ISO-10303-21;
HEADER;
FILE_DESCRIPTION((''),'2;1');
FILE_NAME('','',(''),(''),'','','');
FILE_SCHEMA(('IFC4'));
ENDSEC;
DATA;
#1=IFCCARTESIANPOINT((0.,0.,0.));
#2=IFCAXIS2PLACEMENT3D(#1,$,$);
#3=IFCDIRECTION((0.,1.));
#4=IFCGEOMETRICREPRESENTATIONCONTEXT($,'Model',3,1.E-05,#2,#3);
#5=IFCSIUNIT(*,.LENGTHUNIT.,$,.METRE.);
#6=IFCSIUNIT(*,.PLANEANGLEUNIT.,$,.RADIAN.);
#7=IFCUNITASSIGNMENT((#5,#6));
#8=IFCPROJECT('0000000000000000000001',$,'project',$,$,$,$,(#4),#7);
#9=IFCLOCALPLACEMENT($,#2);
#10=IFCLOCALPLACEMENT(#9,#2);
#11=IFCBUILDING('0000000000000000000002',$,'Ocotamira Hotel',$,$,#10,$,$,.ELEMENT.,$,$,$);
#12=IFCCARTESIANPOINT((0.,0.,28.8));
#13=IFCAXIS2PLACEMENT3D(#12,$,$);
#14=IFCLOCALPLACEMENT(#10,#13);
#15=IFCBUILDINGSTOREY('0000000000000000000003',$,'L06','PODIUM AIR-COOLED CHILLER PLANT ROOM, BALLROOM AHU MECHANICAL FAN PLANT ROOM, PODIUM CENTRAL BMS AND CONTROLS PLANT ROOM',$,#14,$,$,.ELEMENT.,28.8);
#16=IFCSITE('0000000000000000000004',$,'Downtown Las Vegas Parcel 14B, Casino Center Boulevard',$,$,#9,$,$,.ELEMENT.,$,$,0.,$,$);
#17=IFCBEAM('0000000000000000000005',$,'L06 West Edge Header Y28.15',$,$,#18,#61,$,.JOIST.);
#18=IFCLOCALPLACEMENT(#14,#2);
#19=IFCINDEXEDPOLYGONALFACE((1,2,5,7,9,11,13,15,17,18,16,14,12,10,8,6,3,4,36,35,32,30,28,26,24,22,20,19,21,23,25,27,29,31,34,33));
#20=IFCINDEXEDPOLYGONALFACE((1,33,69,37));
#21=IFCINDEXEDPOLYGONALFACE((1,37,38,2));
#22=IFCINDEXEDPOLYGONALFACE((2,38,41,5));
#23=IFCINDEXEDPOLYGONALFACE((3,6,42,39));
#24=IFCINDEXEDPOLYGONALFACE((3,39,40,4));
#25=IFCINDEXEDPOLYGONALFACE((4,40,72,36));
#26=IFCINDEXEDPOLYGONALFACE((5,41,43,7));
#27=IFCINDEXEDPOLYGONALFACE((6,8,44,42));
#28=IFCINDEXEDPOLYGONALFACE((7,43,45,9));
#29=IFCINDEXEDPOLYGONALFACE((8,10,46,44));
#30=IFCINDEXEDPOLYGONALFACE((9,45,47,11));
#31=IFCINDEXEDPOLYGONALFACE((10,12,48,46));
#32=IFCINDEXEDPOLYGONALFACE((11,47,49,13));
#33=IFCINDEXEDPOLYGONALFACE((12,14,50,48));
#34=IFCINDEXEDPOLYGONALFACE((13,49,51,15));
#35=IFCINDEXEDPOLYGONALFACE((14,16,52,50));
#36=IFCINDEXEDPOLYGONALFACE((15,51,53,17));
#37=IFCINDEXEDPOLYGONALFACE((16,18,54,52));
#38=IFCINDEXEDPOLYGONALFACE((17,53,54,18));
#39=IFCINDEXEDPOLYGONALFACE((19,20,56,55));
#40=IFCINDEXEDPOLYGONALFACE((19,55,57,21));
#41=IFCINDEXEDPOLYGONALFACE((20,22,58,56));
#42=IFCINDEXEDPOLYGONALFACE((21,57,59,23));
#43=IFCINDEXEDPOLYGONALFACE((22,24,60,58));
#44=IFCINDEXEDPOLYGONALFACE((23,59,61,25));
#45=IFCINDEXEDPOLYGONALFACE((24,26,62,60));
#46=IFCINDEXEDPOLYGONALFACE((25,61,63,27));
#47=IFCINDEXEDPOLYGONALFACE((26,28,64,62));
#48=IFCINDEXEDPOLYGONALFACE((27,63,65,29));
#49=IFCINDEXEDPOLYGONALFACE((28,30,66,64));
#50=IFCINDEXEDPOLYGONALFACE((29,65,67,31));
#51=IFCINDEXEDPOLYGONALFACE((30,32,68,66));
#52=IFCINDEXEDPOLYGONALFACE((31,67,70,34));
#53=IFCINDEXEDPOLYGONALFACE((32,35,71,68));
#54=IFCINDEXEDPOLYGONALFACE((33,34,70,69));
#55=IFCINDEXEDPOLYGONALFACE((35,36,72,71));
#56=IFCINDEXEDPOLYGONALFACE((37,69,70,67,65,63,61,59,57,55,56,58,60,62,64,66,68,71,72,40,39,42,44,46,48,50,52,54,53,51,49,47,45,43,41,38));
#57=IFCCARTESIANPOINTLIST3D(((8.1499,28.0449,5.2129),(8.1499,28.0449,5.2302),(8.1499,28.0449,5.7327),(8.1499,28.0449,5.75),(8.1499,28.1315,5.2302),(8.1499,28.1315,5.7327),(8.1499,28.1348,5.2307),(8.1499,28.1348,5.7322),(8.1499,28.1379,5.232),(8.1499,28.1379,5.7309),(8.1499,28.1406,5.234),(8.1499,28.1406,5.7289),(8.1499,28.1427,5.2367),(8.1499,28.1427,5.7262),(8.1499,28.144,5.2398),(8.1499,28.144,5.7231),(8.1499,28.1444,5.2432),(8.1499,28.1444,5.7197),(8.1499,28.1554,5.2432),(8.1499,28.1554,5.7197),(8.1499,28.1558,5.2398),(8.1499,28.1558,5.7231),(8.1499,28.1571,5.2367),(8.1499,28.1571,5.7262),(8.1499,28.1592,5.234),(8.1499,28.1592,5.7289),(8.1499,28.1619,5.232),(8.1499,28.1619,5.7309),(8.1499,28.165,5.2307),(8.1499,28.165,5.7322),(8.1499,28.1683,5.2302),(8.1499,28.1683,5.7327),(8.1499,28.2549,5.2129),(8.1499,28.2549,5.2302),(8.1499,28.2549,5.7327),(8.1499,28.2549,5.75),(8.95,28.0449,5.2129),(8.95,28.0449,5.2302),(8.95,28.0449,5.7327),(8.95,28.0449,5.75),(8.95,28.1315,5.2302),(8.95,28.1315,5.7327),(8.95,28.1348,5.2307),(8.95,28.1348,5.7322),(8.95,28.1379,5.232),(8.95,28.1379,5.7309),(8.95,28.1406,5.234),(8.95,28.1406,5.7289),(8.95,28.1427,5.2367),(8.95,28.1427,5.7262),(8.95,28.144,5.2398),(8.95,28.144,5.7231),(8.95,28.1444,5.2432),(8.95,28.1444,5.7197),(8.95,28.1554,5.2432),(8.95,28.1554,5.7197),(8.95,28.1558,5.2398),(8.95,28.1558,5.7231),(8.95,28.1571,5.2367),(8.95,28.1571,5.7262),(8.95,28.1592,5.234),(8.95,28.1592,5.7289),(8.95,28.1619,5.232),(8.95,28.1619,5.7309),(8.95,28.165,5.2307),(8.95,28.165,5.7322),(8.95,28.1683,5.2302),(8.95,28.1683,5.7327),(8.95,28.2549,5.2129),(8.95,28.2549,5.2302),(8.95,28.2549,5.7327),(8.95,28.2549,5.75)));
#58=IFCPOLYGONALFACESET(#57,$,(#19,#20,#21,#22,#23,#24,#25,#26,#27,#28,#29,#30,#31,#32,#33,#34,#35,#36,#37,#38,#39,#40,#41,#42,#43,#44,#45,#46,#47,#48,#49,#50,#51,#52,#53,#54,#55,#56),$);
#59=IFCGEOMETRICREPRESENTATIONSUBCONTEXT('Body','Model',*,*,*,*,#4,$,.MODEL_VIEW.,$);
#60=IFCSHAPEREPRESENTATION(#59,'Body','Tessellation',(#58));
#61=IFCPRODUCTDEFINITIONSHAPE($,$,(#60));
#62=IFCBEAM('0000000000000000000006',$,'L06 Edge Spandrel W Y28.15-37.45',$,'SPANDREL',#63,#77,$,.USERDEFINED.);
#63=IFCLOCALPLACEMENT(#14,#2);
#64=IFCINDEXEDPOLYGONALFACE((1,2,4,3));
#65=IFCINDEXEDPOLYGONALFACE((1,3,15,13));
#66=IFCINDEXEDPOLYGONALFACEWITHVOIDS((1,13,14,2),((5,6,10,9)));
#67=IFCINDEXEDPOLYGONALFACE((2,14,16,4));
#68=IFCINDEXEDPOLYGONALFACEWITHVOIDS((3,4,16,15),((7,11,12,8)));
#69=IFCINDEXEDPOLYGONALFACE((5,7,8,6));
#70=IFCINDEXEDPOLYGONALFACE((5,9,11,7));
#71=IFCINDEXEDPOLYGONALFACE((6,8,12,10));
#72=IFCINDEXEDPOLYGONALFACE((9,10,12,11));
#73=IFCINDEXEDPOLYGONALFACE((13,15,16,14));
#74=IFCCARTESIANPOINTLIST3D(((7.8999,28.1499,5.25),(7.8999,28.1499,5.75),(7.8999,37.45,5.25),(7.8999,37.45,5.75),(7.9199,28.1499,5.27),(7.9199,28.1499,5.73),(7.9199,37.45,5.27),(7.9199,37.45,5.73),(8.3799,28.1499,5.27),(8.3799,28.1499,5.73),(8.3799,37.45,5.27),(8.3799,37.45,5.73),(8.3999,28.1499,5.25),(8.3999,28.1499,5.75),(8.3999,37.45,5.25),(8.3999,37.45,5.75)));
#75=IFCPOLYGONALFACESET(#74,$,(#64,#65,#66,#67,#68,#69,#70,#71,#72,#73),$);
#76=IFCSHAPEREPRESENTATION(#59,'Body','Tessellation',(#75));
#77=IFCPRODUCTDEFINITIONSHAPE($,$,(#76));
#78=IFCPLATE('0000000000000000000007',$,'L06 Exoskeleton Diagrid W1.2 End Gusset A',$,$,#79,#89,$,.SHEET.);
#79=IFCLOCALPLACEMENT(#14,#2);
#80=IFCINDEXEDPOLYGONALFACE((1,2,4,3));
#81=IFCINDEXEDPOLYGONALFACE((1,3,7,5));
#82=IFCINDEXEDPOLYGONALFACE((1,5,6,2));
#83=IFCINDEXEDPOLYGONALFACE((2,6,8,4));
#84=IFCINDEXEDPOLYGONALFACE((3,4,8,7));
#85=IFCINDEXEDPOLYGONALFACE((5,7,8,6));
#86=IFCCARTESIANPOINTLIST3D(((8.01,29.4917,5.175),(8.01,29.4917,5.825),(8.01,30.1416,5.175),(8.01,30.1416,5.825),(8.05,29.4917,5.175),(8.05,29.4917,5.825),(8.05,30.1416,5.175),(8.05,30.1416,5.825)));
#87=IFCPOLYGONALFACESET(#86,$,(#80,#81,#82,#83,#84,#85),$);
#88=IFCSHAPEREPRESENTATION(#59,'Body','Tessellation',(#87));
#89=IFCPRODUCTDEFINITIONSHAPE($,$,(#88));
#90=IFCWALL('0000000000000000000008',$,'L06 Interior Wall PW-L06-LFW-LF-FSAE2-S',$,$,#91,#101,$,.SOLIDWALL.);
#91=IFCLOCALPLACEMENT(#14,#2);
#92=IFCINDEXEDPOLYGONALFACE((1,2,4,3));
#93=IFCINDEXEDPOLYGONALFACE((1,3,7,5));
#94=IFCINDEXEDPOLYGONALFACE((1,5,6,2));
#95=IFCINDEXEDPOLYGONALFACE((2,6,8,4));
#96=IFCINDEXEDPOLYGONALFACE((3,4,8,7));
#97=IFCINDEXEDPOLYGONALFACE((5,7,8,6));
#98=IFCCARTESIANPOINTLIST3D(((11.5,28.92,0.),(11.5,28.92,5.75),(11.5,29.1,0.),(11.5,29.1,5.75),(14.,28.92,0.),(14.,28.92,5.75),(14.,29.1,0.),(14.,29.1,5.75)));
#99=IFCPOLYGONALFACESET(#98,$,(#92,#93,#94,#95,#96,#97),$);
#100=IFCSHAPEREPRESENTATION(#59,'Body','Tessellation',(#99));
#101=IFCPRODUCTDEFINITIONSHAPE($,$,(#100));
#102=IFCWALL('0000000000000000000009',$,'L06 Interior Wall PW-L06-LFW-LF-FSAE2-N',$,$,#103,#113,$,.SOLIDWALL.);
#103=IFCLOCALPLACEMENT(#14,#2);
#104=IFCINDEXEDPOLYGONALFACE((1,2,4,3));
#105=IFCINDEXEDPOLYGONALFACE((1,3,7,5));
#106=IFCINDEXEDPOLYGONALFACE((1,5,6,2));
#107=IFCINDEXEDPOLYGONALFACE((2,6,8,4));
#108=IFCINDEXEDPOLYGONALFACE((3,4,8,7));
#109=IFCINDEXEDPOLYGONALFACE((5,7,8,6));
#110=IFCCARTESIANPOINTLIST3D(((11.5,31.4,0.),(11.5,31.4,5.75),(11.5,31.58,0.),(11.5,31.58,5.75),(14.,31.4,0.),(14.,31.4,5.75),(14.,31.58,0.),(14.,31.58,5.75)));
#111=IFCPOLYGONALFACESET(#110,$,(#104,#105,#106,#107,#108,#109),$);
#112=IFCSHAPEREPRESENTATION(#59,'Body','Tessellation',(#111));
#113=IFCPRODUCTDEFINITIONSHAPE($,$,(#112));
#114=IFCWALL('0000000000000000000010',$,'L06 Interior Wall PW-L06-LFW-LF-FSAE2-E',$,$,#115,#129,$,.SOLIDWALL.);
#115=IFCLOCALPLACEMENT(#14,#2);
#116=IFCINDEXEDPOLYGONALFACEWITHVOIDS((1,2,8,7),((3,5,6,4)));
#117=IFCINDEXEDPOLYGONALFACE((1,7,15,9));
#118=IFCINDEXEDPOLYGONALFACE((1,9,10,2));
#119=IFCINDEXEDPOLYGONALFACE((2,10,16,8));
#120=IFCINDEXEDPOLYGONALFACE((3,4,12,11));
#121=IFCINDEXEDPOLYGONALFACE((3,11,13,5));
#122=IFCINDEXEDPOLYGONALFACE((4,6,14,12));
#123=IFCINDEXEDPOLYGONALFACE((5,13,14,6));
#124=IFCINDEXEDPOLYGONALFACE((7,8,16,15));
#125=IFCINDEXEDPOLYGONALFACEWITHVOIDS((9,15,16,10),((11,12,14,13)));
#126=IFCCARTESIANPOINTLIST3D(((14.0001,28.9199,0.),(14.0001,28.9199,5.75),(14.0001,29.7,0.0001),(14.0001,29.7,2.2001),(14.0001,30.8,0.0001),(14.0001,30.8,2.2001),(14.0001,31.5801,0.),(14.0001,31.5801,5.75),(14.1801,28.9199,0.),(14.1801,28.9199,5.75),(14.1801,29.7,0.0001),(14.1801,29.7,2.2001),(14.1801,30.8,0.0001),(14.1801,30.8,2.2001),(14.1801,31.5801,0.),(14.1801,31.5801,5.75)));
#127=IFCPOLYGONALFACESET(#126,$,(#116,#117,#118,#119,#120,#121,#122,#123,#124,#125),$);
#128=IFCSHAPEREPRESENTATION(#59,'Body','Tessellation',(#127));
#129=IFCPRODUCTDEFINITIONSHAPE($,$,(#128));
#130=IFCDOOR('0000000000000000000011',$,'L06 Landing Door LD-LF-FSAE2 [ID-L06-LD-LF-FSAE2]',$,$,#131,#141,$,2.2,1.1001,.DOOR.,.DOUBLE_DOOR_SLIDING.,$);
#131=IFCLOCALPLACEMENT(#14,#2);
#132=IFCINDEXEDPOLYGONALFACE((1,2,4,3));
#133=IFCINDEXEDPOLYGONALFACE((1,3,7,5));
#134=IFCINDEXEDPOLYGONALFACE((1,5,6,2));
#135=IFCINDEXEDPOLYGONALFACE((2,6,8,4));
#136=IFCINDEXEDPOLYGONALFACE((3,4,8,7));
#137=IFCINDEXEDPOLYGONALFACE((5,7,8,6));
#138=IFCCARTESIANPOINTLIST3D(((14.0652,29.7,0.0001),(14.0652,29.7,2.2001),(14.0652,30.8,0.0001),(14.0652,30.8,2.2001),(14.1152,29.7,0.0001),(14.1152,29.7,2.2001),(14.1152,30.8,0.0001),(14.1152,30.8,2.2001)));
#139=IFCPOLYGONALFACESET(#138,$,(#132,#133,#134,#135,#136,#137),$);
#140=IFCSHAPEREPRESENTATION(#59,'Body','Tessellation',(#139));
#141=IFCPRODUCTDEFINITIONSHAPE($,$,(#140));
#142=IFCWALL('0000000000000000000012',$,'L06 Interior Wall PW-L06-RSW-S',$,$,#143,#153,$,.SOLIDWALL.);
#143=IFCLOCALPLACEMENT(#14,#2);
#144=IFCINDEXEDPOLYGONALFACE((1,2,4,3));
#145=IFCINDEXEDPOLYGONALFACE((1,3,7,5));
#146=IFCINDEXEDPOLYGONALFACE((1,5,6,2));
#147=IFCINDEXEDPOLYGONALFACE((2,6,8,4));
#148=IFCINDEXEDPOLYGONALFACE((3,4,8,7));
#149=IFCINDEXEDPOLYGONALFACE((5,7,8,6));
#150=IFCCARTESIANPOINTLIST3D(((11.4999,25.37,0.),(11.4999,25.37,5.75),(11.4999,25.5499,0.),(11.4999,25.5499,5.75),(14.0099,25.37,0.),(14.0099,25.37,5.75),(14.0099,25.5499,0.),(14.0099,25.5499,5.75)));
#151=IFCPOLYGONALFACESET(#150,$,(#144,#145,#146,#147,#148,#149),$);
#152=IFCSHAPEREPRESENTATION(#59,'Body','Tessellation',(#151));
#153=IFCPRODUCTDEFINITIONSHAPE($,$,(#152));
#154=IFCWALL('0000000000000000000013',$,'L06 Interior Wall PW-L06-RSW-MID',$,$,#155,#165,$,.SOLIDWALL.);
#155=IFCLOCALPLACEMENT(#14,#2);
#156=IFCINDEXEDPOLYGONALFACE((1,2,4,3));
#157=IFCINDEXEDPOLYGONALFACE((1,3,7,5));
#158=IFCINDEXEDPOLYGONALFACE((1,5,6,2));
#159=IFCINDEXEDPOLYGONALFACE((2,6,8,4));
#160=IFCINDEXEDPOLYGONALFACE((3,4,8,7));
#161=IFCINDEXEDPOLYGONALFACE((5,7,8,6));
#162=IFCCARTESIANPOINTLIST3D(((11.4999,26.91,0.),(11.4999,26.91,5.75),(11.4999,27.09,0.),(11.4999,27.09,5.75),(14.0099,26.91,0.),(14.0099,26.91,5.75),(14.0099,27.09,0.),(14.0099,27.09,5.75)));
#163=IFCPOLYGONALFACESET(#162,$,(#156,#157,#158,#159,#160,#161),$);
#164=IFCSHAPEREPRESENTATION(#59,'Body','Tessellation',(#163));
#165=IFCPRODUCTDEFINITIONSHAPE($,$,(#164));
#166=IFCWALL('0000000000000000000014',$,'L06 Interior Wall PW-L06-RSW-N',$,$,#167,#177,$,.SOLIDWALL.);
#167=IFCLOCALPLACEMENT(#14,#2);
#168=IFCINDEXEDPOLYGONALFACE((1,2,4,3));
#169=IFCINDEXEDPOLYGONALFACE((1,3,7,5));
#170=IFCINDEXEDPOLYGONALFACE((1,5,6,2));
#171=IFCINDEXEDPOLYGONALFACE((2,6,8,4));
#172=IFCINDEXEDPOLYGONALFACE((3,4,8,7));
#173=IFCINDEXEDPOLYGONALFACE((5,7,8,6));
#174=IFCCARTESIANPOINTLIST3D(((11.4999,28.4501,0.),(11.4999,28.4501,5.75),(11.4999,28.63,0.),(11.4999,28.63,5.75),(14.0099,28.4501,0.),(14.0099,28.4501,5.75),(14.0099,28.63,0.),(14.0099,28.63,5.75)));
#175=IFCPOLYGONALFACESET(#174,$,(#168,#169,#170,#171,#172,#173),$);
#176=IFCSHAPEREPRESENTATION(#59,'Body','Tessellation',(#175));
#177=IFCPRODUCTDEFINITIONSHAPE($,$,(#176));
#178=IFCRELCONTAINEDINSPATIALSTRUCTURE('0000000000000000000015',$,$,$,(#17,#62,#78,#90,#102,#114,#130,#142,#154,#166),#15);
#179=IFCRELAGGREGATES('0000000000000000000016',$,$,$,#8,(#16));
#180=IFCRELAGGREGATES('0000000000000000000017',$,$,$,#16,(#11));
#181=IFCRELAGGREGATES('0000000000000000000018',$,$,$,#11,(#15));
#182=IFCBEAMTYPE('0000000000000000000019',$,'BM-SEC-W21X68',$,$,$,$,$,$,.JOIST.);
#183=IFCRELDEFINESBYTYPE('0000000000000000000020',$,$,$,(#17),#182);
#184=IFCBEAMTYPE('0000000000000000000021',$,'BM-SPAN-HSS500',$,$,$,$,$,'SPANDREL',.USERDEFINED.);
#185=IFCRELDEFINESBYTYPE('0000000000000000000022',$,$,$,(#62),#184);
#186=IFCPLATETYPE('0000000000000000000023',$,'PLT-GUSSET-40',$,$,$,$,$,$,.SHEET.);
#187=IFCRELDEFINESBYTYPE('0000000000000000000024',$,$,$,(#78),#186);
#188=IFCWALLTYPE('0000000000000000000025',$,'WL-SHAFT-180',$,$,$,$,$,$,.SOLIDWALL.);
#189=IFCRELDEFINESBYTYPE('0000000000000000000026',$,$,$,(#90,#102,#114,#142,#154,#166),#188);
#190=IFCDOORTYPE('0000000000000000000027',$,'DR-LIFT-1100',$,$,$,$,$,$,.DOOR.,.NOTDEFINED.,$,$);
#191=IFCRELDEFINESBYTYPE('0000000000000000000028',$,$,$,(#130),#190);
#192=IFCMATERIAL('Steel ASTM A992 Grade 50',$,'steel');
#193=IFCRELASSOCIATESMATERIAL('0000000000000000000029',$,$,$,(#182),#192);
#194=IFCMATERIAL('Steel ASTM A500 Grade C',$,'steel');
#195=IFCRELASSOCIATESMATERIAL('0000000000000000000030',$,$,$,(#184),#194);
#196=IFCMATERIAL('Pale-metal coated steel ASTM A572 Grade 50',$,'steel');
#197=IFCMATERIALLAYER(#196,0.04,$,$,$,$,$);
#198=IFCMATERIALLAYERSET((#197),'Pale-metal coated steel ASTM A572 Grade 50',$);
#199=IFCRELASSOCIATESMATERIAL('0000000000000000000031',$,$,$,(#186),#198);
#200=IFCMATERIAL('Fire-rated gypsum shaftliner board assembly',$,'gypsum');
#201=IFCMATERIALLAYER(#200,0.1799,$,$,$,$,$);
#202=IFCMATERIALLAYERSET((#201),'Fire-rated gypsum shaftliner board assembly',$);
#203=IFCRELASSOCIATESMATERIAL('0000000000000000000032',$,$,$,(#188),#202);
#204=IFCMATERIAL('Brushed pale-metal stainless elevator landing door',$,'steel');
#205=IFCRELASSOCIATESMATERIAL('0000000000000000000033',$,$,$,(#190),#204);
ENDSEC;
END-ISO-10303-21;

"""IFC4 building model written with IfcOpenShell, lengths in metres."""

from ifc_helpers import new_model, si_unit, direction, frame, frame_2d, origin, origin_2d, place, context, subcontext, project, spatial, rectangle, hollow_rectangle, i_section, extrude, source, transform, mapped, material, layer, layer_set, material_profile, profile_set, type_object, element, fill, save


model = new_model("IFC4")

# Units and contexts
model_context = context("Model", 3, precision=1e-05, world=origin(), true_north=direction((0.0, 1.0)))
body_context = subcontext(model_context, "Body", "Model", "MODEL_VIEW")
ifc_project = project(units=[si_unit("LENGTHUNIT", "METRE"), si_unit("PLANEANGLEUNIT", "RADIAN")], contexts=[model_context])

# Site, building, storey
site_placement = place(None, origin())
site = spatial("IfcSite", under=ifc_project, at=site_placement, Name="Downtown Las Vegas Parcel 14B, Casino Center Boulevard", CompositionType="ELEMENT", RefElevation=0.0)
building_placement = place(site_placement, origin())
building = spatial("IfcBuilding", under=site, at=building_placement, Name="Ocotamira Hotel", CompositionType="ELEMENT")
storey_placement = place(building_placement, frame((0.0, 0.0, 28.8)))
storey = spatial("IfcBuildingStorey", under=building, at=storey_placement, Name="L06", Description="PODIUM AIR-COOLED CHILLER PLANT ROOM, BALLROOM AHU MECHANICAL FAN PLANT ROOM, PODIUM CENTRAL BMS AND CONTROLS PLANT ROOM", CompositionType="ELEMENT", Elevation=28.8)

# Beams
ifc_material_1 = material(Name="Steel ASTM A500 Grade C", Category="steel")
ifc_material_2 = material(Name="Steel ASTM A992 Grade 50", Category="steel")
ifc_material_profile_1 = material_profile(ifc_material_2, i_section(OverallWidth=0.21, OverallDepth=0.5371, WebThickness=0.011, FlangeThickness=0.0173, FilletRadius=0.0129, at=origin_2d()), Name="W21X68")
ifc_profile_set_1 = profile_set([ifc_material_profile_1], Name="Steel ASTM A992 Grade 50")
beam_type_1 = type_object("IfcBeamType", Name="BM-SEC-W21X68", PredefinedType="JOIST", material=ifc_profile_set_1)
shared_shape_1 = source(origin(), body_context, "Body", "SweptSolid", [
    extrude(i_section(OverallWidth=0.21, OverallDepth=0.5371, WebThickness=0.011, FlangeThickness=0.0173, FilletRadius=0.0129, at=origin_2d()), origin(), (0.0, 0.0, 1.0), 0.8),
])
beam_1_placement = place(storey_placement, frame((8.95, 28.1499, 5.4814), z_axis=(-1.0, 0.0, 0.0), x_axis=(0.0, -1.0, 0.0)))
element("IfcBeam", 1, at=beam_1_placement, inside=storey, type_object=beam_type_1, Name="L06 West Edge Header Y28.15", PredefinedType="JOIST", context=body_context, shape_type="MappedRepresentation", body=[
    mapped(shared_shape_1, transform((0.0, 0.0, 0.0), scale=1.0)),
])
ifc_material_profile_2 = material_profile(ifc_material_1, hollow_rectangle(XDim=0.5, YDim=0.5, WallThickness=0.02, at=origin_2d()), Name="HSS500X500X20")
ifc_profile_set_2 = profile_set([ifc_material_profile_2], Name="Steel ASTM A500 Grade C")
beam_type_2 = type_object("IfcBeamType", Name="BM-SPAN-HSS500", ElementType="SPANDREL", PredefinedType="USERDEFINED", material=ifc_profile_set_2)
shared_shape_2 = source(origin(), body_context, "Body", "SweptSolid", [
    extrude(hollow_rectangle(XDim=0.5, YDim=0.5, WallThickness=0.02, at=origin_2d()), origin(), (0.0, 0.0, 1.0), 9.3),
])
beam_2_placement = place(storey_placement, frame((8.1499, 28.1499, 5.5), z_axis=(0.0, 1.0, 0.0), x_axis=(-1.0, 0.0, 0.0)))
element("IfcBeam", 2, at=beam_2_placement, inside=storey, type_object=beam_type_2, Name="L06 Edge Spandrel W Y28.15-37.45", ObjectType="SPANDREL", PredefinedType="USERDEFINED", context=body_context, shape_type="MappedRepresentation", body=[
    mapped(shared_shape_2, transform((0.0, 0.0, 0.0), scale=1.0)),
])

# Plate
ifc_material_3 = material(Name="Pale-metal coated steel ASTM A572 Grade 50", Category="steel")
ifc_layer_1 = layer(ifc_material_3, 0.04)
ifc_layer_set_1 = layer_set([ifc_layer_1], Name="Pale-metal coated steel ASTM A572 Grade 50")
plate_type = type_object("IfcPlateType", Name="PLT-GUSSET-40", PredefinedType="SHEET", material=ifc_layer_set_1)
shared_shape_3 = source(origin(), body_context, "Body", "SweptSolid", [
    extrude(rectangle(XDim=0.04, YDim=0.6499, at=origin_2d()), origin(), (0.0, 0.0, 1.0), 0.6499),
])
plate_placement = place(storey_placement, frame((8.03, 29.8167, 5.175), z_axis=(0.0, 0.0, 1.0), x_axis=(1.0, 0.0, 0.0)))
element("IfcPlate", 3, at=plate_placement, inside=storey, type_object=plate_type, Name="L06 Exoskeleton Diagrid W1.2 End Gusset A", PredefinedType="SHEET", context=body_context, shape_type="MappedRepresentation", body=[
    mapped(shared_shape_3, transform((0.0, 0.0, 0.0), scale=1.0)),
])

# Walls
ifc_material_4 = material(Name="Fire-rated gypsum shaftliner board assembly", Category="gypsum")
ifc_layer_2 = layer(ifc_material_4, 0.1799)
ifc_layer_set_2 = layer_set([ifc_layer_2], Name="Fire-rated gypsum shaftliner board assembly")
wall_type_1 = type_object("IfcWallType", Name="WL-SHAFT-180", PredefinedType="SOLIDWALL", material=ifc_layer_set_2)
for number, where, z_axis, x_axis, name in (
    (4, (11.5, 29.01, 0.0), (0.0, 0.0, 1.0), (1.0, 0.0, 0.0), "L06 Interior Wall PW-L06-LFW-LF-FSAE2-S"),
    (5, (11.5, 31.49, 0.0), (0.0, 0.0, 1.0), (1.0, 0.0, 0.0), "L06 Interior Wall PW-L06-LFW-LF-FSAE2-N"),
):
    element("IfcWall", number, at=place(storey_placement, frame(where, z_axis=z_axis, x_axis=x_axis)), inside=storey, type_object=wall_type_1, Name=name, PredefinedType="SOLIDWALL", context=body_context, shape_type="SweptSolid", body=[
        extrude(rectangle(XDim=2.5, YDim=0.1799, at=frame_2d((1.25, 0.0))), origin(), (0.0, 0.0, 1.0), 5.75),
    ])

# Wall, opening, door
wall_1_placement = place(storey_placement, frame((14.0901, 28.9199, 0.0), z_axis=(0.0, 0.0, 1.0), x_axis=(0.0, 1.0, 0.0)))
wall_1 = element("IfcWall", 6, at=wall_1_placement, inside=storey, type_object=wall_type_1, Name="L06 Interior Wall PW-L06-LFW-LF-FSAE2-E", PredefinedType="SOLIDWALL", context=body_context, shape_type="SweptSolid", body=[
    extrude(rectangle(XDim=2.6602, YDim=0.1799, at=frame_2d((1.3301, 0.0))), origin(), (0.0, 0.0, 1.0), 5.75),
])
opening_1_placement = place(wall_1_placement, frame((0.78, 0.0, 0.0)))
opening_1 = element("IfcOpeningElement", 7, at=opening_1_placement, cuts=wall_1, PredefinedType="OPENING", context=body_context, shape_type="SweptSolid", body=[
    extrude(rectangle(XDim=1.1001, YDim=2.2, at=frame_2d((0.55, 1.1001))), frame((0.0, 0.1001, 0.0), z_axis=(0.0, -1.0, 0.0), x_axis=(1.0, 0.0, 0.0)), (0.0, 0.0, 1.0), 0.2),
])
ifc_material_5 = material(Name="Brushed pale-metal stainless elevator landing door", Category="steel")
door_type_1 = type_object("IfcDoorType", Name="DR-LIFT-1100", OperationType="NOTDEFINED", PredefinedType="DOOR", material=ifc_material_5)
shared_shape_4 = source(origin(), body_context, "Body", "SweptSolid", [
    extrude(rectangle(XDim=1.1001, YDim=2.2, at=frame_2d((0.55, 1.1001))), frame((0.0, 0.0249, 0.0), z_axis=(0.0, -1.0, 0.0), x_axis=(1.0, 0.0, 0.0)), (0.0, 0.0, 1.0), 0.05),
])
door_1_placement = place(opening_1_placement, origin())
door_1 = element("IfcDoor", 8, at=door_1_placement, inside=storey, type_object=door_type_1, Name="L06 Landing Door LD-LF-FSAE2 [ID-L06-LD-LF-FSAE2]", OperationType="DOUBLE_DOOR_SLIDING", OverallHeight=2.2, OverallWidth=1.1001, PredefinedType="DOOR", context=body_context, shape_type="MappedRepresentation", body=[
    mapped(shared_shape_4, transform((0.0, 0.0, 0.0), scale=1.0)),
])
fill(opening_1, door_1)

# Walls
for number, where, z_axis, x_axis, name in (
    (9, (11.5, 25.46, 0.0), (0.0, 0.0, 1.0), (1.0, 0.0, 0.0), "L06 Interior Wall PW-L06-RSW-S"),
    (10, (11.5, 27.0, 0.0), (0.0, 0.0, 1.0), (1.0, 0.0, 0.0), "L06 Interior Wall PW-L06-RSW-MID"),
    (11, (11.5, 28.54, 0.0), (0.0, 0.0, 1.0), (1.0, 0.0, 0.0), "L06 Interior Wall PW-L06-RSW-N"),
):
    element("IfcWall", number, at=place(storey_placement, frame(where, z_axis=z_axis, x_axis=x_axis)), inside=storey, type_object=wall_type_1, Name=name, PredefinedType="SOLIDWALL", context=body_context, shape_type="SweptSolid", body=[
        extrude(rectangle(XDim=2.51, YDim=0.1799, at=frame_2d((1.2549, 0.0))), origin(), (0.0, 0.0, 1.0), 5.75),
    ])

save(model, "model.ifc")
